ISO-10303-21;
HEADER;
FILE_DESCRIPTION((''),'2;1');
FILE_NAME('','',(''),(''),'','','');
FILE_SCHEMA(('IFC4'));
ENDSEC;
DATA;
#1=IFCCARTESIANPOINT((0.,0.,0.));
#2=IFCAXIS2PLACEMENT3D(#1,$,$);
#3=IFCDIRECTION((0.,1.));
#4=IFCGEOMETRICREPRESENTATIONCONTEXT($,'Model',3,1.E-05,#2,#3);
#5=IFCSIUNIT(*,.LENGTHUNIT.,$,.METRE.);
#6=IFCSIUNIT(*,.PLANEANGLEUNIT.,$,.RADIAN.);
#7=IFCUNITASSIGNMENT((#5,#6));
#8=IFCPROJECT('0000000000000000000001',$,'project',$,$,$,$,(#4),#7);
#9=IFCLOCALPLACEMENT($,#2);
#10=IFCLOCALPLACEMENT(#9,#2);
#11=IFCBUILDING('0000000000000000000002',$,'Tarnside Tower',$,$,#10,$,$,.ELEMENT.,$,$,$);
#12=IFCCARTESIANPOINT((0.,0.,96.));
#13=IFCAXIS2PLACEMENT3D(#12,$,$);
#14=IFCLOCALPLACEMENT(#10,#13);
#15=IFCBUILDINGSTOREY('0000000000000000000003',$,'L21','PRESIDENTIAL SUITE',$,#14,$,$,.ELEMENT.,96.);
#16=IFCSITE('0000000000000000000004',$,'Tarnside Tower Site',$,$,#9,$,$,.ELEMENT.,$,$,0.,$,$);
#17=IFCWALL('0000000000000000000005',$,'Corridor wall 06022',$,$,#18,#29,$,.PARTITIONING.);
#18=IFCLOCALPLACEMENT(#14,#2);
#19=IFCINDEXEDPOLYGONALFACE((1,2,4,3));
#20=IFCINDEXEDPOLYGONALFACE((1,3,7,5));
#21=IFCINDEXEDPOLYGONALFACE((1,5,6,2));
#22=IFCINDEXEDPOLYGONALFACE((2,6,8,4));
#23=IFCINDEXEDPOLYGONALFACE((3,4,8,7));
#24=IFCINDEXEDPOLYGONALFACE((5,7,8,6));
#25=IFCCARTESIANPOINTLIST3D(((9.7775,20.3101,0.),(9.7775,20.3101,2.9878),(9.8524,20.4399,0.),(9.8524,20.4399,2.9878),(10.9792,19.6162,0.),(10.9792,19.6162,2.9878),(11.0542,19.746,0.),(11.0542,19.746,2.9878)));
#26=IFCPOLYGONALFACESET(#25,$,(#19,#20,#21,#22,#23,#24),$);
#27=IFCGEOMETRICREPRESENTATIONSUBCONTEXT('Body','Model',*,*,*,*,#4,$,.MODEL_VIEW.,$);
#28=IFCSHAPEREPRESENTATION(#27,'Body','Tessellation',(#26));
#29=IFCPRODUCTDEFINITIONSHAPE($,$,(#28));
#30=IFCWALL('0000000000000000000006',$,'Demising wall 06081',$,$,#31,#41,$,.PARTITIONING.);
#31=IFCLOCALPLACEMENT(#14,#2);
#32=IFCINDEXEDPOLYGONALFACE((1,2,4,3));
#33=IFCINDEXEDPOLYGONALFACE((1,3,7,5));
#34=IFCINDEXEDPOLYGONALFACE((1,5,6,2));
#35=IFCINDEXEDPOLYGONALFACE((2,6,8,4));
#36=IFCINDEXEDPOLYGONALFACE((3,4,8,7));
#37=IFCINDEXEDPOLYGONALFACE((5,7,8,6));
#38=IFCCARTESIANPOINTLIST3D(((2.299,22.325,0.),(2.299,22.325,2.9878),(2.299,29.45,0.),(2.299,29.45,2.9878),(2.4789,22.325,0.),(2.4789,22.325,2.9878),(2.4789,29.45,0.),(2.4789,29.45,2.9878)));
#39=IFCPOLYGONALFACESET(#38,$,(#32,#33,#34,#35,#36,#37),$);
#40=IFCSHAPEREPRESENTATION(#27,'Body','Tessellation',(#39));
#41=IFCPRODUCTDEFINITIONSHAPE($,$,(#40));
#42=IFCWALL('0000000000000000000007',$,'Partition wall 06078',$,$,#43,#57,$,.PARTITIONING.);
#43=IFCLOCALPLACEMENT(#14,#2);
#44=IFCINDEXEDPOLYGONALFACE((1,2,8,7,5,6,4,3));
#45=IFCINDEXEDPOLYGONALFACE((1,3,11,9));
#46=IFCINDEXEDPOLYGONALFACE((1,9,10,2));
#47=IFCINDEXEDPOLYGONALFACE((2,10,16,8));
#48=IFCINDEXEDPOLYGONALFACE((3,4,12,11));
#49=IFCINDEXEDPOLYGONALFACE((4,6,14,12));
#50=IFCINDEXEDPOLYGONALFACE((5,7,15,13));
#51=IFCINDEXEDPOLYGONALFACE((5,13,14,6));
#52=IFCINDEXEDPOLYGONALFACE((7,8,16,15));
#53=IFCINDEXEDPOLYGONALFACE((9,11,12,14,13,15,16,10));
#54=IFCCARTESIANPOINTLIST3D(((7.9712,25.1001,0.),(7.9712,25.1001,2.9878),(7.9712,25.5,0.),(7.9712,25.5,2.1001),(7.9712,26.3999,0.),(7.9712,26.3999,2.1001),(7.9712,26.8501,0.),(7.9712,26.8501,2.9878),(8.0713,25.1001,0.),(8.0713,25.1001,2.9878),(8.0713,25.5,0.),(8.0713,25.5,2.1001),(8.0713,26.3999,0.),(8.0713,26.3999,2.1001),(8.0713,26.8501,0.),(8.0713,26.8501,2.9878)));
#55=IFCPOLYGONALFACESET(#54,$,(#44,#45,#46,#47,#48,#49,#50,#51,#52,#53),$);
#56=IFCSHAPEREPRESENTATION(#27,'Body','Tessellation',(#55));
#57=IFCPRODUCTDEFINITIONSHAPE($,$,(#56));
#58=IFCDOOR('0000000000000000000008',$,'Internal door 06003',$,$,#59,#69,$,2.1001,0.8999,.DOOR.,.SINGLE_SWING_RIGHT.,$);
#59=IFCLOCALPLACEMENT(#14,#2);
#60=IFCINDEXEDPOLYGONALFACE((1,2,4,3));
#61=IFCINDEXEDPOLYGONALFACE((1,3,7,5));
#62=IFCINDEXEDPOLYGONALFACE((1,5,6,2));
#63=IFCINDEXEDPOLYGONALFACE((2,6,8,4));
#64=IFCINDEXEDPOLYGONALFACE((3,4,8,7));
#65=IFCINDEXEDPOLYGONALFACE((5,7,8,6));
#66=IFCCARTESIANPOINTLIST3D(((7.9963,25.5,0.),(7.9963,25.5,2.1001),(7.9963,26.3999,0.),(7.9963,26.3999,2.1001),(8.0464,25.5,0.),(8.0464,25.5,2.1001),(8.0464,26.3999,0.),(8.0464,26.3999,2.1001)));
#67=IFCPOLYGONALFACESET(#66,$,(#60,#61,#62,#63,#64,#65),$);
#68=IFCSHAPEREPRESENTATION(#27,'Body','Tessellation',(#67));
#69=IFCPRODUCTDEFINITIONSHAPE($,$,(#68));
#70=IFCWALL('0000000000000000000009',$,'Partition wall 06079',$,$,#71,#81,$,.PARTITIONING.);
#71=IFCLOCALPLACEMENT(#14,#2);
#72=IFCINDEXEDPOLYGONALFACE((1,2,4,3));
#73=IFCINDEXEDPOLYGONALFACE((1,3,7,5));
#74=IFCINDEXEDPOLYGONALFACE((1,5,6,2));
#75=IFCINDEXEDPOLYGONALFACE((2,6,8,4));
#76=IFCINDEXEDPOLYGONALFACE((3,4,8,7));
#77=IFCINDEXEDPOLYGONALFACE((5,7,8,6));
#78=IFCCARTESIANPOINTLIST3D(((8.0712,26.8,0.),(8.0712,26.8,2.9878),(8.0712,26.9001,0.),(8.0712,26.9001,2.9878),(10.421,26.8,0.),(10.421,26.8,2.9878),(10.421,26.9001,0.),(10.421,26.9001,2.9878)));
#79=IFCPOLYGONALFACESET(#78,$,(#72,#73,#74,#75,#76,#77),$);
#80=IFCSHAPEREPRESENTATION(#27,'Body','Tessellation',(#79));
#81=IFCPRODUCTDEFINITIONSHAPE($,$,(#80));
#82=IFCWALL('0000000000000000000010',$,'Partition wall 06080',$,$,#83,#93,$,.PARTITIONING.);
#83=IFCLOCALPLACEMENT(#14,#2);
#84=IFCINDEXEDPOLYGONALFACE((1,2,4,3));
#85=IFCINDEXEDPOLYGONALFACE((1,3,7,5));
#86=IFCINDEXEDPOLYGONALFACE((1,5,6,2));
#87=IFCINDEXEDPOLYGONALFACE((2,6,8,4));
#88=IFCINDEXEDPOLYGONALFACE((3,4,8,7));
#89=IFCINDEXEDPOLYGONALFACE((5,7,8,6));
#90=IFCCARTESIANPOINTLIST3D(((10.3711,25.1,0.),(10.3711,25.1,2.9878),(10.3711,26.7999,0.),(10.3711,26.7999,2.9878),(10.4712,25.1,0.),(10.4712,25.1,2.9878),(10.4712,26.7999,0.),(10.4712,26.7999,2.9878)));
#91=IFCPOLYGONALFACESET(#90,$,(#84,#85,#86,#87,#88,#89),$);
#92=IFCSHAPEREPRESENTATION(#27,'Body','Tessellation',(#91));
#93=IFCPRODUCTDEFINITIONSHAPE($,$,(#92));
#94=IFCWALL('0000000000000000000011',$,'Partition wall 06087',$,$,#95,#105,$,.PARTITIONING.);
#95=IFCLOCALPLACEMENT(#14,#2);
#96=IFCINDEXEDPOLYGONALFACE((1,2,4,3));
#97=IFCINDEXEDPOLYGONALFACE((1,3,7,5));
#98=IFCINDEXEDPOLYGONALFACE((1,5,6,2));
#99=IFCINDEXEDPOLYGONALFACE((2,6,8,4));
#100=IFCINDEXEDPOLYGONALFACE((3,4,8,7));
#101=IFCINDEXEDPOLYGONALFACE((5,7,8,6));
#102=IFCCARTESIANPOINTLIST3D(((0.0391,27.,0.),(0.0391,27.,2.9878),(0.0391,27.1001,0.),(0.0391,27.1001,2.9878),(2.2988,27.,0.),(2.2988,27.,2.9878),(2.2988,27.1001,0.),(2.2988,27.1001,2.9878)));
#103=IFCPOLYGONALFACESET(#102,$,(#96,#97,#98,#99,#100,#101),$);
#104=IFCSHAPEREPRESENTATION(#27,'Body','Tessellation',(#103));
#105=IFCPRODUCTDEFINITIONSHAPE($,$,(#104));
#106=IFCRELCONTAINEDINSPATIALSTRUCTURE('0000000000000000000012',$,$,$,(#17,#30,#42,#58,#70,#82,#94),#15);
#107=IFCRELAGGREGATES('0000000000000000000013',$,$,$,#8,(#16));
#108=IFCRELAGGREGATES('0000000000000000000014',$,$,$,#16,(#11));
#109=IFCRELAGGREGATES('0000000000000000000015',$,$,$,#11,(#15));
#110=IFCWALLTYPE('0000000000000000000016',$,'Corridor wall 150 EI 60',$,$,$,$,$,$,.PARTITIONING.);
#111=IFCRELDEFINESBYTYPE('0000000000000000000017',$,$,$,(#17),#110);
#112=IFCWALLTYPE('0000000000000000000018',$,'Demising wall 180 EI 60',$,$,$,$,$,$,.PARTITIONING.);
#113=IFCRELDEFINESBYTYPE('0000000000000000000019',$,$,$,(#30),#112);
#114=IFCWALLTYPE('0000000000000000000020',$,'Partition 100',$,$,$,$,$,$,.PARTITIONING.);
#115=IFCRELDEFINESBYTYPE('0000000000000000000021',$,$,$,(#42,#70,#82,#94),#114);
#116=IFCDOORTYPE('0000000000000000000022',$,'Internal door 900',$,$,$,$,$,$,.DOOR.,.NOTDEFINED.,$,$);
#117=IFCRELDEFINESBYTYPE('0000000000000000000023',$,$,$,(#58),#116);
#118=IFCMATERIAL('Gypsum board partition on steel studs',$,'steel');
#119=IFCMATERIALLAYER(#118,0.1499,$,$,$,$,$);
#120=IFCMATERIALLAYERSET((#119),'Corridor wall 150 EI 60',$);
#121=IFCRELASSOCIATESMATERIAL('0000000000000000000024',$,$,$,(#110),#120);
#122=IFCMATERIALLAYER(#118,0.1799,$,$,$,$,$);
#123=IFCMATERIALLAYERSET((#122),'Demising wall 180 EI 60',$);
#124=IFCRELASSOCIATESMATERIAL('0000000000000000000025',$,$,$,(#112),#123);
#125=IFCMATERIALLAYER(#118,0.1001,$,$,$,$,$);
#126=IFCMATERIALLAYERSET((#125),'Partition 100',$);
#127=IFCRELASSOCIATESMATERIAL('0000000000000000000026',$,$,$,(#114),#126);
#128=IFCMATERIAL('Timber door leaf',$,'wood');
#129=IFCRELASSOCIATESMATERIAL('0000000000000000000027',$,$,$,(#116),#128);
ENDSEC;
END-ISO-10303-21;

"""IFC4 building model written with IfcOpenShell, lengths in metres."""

from ifc_helpers import new_model, si_unit, direction, frame, frame_2d, origin, place, context, subcontext, project, spatial, rectangle, extrude, material, layer, layer_set, type_object, element, fill, save


model = new_model("IFC4")

# Units and contexts
model_context = context("Model", 3, precision=1e-05, world=origin(), true_north=direction((0.0, 1.0)))
body_context = subcontext(model_context, "Body", "Model", "MODEL_VIEW")
ifc_project = project(units=[si_unit("LENGTHUNIT", "METRE"), si_unit("PLANEANGLEUNIT", "RADIAN")], contexts=[model_context])

# Site, building, storey
site_placement = place(None, origin())
site = spatial("IfcSite", under=ifc_project, at=site_placement, Name="Tarnside Tower Site", CompositionType="ELEMENT", RefElevation=0.0)
building_placement = place(site_placement, origin())
building = spatial("IfcBuilding", under=site, at=building_placement, Name="Tarnside Tower", CompositionType="ELEMENT")
storey_placement = place(building_placement, frame((0.0, 0.0, 96.0)))
storey = spatial("IfcBuildingStorey", under=building, at=storey_placement, Name="L21", Description="PRESIDENTIAL SUITE", CompositionType="ELEMENT", Elevation=96.0)

# Shared definitions
ifc_material_1 = material(Name="Gypsum board partition on steel studs", Category="steel")
ifc_material_2 = material(Name="Timber door leaf", Category="wood")

# Shared definitions
ifc_layer_1 = layer(ifc_material_1, 0.1499)
ifc_layer_set_1 = layer_set([ifc_layer_1], Name="Corridor wall 150 EI 60")
wall_type_1 = type_object("IfcWallType", Name="Corridor wall 150 EI 60", PredefinedType="PARTITIONING", material=ifc_layer_set_1)

# Walls
wall_1_placement = place(storey_placement, frame((9.8149, 20.375, 0.0), z_axis=(0.0, 0.0, 1.0), x_axis=(0.866004, -0.500037, 0.0)))
element("IfcWall", 1, at=wall_1_placement, inside=storey, type_object=wall_type_1, Name="Corridor wall 06022", PredefinedType="PARTITIONING", context=body_context, shape_type="SweptSolid", body=[
    extrude(rectangle(XDim=1.3877, YDim=0.1499, at=frame_2d((0.6938, 0.0))), origin(), (0.0, 0.0, 1.0), 2.9878),
])
ifc_layer_2 = layer(ifc_material_1, 0.1799)
ifc_layer_set_2 = layer_set([ifc_layer_2], Name="Demising wall 180 EI 60")
wall_type_2 = type_object("IfcWallType", Name="Demising wall 180 EI 60", PredefinedType="PARTITIONING", material=ifc_layer_set_2)
wall_2_placement = place(storey_placement, frame((2.3889, 29.45, 0.0), z_axis=(0.0, 0.0, 1.0), x_axis=(0.0, -1.0, 0.0)))
element("IfcWall", 2, at=wall_2_placement, inside=storey, type_object=wall_type_2, Name="Demising wall 06081", PredefinedType="PARTITIONING", context=body_context, shape_type="SweptSolid", body=[
    extrude(rectangle(XDim=7.125, YDim=0.1799, at=frame_2d((3.5625, 0.0))), origin(), (0.0, 0.0, 1.0), 2.9878),
])

# Wall, opening, door
ifc_layer_3 = layer(ifc_material_1, 0.1001)
ifc_layer_set_3 = layer_set([ifc_layer_3], Name="Partition 100")
wall_type_3 = type_object("IfcWallType", Name="Partition 100", PredefinedType="PARTITIONING", material=ifc_layer_set_3)
wall_3_placement = place(storey_placement, frame((8.0212, 25.1001, 0.0), z_axis=(0.0, 0.0, 1.0), x_axis=(0.0, 1.0, 0.0)))
wall_3 = element("IfcWall", 3, at=wall_3_placement, inside=storey, type_object=wall_type_3, Name="Partition wall 06078", PredefinedType="PARTITIONING", context=body_context, shape_type="SweptSolid", body=[
    extrude(rectangle(XDim=1.75, YDim=0.1001, at=frame_2d((0.875, 0.0))), origin(), (0.0, 0.0, 1.0), 2.9878),
])
opening_1_placement = place(wall_3_placement, frame((0.3999, 0.0, 0.0)))
opening_1 = element("IfcOpeningElement", 4, at=opening_1_placement, cuts=wall_3, PredefinedType="OPENING", context=body_context, shape_type="SweptSolid", body=[
    extrude(rectangle(XDim=0.8999, YDim=2.1001, at=frame_2d((0.45, 1.05))), frame((0.0, 0.0601, 0.0), z_axis=(0.0, -1.0, 0.0), x_axis=(1.0, 0.0, 0.0)), (0.0, 0.0, 1.0), 0.1201),
])
door_type_1 = type_object("IfcDoorType", Name="Internal door 900", OperationType="NOTDEFINED", PredefinedType="DOOR", material=ifc_material_2)
door_1_placement = place(opening_1_placement, origin())
door_1 = element("IfcDoor", 5, at=door_1_placement, inside=storey, type_object=door_type_1, Name="Internal door 06003", OperationType="SINGLE_SWING_RIGHT", OverallHeight=2.1001, OverallWidth=0.8999, PredefinedType="DOOR", context=body_context, shape_type="SweptSolid", body=[
    extrude(rectangle(XDim=0.8999, YDim=2.1001, at=frame_2d((0.45, 1.05))), frame((0.0, 0.0249, 0.0), z_axis=(0.0, -1.0, 0.0), x_axis=(1.0, 0.0, 0.0)), (0.0, 0.0, 1.0), 0.05),
])
fill(opening_1, door_1)

# Walls
wall_4_placement = place(storey_placement, frame((8.0713, 26.8501, 0.0), z_axis=(0.0, 0.0, 1.0), x_axis=(1.0, 0.0, 0.0)))
element("IfcWall", 6, at=wall_4_placement, inside=storey, type_object=wall_type_3, Name="Partition wall 06079", PredefinedType="PARTITIONING", context=body_context, shape_type="SweptSolid", body=[
    extrude(rectangle(XDim=2.3499, YDim=0.1001, at=frame_2d((1.1748, 0.0))), origin(), (0.0, 0.0, 1.0), 2.9878),
])
wall_5_placement = place(storey_placement, frame((10.4211, 26.8, 0.0), z_axis=(0.0, 0.0, 1.0), x_axis=(0.0, -1.0, 0.0)))
element("IfcWall", 7, at=wall_5_placement, inside=storey, type_object=wall_type_3, Name="Partition wall 06080", PredefinedType="PARTITIONING", context=body_context, shape_type="SweptSolid", body=[
    extrude(rectangle(XDim=1.7, YDim=0.1001, at=frame_2d((0.8501, 0.0))), origin(), (0.0, 0.0, 1.0), 2.9878),
])
wall_6_placement = place(storey_placement, frame((0.0391, 27.05, 0.0), z_axis=(0.0, 0.0, 1.0), x_axis=(1.0, 0.0, 0.0)))
element("IfcWall", 8, at=wall_6_placement, inside=storey, type_object=wall_type_3, Name="Partition wall 06087", PredefinedType="PARTITIONING", context=body_context, shape_type="SweptSolid", body=[
    extrude(rectangle(XDim=2.2598, YDim=0.1001, at=frame_2d((1.1299, 0.0))), origin(), (0.0, 0.0, 1.0), 2.9878),
])

save(model, "model.ifc")
